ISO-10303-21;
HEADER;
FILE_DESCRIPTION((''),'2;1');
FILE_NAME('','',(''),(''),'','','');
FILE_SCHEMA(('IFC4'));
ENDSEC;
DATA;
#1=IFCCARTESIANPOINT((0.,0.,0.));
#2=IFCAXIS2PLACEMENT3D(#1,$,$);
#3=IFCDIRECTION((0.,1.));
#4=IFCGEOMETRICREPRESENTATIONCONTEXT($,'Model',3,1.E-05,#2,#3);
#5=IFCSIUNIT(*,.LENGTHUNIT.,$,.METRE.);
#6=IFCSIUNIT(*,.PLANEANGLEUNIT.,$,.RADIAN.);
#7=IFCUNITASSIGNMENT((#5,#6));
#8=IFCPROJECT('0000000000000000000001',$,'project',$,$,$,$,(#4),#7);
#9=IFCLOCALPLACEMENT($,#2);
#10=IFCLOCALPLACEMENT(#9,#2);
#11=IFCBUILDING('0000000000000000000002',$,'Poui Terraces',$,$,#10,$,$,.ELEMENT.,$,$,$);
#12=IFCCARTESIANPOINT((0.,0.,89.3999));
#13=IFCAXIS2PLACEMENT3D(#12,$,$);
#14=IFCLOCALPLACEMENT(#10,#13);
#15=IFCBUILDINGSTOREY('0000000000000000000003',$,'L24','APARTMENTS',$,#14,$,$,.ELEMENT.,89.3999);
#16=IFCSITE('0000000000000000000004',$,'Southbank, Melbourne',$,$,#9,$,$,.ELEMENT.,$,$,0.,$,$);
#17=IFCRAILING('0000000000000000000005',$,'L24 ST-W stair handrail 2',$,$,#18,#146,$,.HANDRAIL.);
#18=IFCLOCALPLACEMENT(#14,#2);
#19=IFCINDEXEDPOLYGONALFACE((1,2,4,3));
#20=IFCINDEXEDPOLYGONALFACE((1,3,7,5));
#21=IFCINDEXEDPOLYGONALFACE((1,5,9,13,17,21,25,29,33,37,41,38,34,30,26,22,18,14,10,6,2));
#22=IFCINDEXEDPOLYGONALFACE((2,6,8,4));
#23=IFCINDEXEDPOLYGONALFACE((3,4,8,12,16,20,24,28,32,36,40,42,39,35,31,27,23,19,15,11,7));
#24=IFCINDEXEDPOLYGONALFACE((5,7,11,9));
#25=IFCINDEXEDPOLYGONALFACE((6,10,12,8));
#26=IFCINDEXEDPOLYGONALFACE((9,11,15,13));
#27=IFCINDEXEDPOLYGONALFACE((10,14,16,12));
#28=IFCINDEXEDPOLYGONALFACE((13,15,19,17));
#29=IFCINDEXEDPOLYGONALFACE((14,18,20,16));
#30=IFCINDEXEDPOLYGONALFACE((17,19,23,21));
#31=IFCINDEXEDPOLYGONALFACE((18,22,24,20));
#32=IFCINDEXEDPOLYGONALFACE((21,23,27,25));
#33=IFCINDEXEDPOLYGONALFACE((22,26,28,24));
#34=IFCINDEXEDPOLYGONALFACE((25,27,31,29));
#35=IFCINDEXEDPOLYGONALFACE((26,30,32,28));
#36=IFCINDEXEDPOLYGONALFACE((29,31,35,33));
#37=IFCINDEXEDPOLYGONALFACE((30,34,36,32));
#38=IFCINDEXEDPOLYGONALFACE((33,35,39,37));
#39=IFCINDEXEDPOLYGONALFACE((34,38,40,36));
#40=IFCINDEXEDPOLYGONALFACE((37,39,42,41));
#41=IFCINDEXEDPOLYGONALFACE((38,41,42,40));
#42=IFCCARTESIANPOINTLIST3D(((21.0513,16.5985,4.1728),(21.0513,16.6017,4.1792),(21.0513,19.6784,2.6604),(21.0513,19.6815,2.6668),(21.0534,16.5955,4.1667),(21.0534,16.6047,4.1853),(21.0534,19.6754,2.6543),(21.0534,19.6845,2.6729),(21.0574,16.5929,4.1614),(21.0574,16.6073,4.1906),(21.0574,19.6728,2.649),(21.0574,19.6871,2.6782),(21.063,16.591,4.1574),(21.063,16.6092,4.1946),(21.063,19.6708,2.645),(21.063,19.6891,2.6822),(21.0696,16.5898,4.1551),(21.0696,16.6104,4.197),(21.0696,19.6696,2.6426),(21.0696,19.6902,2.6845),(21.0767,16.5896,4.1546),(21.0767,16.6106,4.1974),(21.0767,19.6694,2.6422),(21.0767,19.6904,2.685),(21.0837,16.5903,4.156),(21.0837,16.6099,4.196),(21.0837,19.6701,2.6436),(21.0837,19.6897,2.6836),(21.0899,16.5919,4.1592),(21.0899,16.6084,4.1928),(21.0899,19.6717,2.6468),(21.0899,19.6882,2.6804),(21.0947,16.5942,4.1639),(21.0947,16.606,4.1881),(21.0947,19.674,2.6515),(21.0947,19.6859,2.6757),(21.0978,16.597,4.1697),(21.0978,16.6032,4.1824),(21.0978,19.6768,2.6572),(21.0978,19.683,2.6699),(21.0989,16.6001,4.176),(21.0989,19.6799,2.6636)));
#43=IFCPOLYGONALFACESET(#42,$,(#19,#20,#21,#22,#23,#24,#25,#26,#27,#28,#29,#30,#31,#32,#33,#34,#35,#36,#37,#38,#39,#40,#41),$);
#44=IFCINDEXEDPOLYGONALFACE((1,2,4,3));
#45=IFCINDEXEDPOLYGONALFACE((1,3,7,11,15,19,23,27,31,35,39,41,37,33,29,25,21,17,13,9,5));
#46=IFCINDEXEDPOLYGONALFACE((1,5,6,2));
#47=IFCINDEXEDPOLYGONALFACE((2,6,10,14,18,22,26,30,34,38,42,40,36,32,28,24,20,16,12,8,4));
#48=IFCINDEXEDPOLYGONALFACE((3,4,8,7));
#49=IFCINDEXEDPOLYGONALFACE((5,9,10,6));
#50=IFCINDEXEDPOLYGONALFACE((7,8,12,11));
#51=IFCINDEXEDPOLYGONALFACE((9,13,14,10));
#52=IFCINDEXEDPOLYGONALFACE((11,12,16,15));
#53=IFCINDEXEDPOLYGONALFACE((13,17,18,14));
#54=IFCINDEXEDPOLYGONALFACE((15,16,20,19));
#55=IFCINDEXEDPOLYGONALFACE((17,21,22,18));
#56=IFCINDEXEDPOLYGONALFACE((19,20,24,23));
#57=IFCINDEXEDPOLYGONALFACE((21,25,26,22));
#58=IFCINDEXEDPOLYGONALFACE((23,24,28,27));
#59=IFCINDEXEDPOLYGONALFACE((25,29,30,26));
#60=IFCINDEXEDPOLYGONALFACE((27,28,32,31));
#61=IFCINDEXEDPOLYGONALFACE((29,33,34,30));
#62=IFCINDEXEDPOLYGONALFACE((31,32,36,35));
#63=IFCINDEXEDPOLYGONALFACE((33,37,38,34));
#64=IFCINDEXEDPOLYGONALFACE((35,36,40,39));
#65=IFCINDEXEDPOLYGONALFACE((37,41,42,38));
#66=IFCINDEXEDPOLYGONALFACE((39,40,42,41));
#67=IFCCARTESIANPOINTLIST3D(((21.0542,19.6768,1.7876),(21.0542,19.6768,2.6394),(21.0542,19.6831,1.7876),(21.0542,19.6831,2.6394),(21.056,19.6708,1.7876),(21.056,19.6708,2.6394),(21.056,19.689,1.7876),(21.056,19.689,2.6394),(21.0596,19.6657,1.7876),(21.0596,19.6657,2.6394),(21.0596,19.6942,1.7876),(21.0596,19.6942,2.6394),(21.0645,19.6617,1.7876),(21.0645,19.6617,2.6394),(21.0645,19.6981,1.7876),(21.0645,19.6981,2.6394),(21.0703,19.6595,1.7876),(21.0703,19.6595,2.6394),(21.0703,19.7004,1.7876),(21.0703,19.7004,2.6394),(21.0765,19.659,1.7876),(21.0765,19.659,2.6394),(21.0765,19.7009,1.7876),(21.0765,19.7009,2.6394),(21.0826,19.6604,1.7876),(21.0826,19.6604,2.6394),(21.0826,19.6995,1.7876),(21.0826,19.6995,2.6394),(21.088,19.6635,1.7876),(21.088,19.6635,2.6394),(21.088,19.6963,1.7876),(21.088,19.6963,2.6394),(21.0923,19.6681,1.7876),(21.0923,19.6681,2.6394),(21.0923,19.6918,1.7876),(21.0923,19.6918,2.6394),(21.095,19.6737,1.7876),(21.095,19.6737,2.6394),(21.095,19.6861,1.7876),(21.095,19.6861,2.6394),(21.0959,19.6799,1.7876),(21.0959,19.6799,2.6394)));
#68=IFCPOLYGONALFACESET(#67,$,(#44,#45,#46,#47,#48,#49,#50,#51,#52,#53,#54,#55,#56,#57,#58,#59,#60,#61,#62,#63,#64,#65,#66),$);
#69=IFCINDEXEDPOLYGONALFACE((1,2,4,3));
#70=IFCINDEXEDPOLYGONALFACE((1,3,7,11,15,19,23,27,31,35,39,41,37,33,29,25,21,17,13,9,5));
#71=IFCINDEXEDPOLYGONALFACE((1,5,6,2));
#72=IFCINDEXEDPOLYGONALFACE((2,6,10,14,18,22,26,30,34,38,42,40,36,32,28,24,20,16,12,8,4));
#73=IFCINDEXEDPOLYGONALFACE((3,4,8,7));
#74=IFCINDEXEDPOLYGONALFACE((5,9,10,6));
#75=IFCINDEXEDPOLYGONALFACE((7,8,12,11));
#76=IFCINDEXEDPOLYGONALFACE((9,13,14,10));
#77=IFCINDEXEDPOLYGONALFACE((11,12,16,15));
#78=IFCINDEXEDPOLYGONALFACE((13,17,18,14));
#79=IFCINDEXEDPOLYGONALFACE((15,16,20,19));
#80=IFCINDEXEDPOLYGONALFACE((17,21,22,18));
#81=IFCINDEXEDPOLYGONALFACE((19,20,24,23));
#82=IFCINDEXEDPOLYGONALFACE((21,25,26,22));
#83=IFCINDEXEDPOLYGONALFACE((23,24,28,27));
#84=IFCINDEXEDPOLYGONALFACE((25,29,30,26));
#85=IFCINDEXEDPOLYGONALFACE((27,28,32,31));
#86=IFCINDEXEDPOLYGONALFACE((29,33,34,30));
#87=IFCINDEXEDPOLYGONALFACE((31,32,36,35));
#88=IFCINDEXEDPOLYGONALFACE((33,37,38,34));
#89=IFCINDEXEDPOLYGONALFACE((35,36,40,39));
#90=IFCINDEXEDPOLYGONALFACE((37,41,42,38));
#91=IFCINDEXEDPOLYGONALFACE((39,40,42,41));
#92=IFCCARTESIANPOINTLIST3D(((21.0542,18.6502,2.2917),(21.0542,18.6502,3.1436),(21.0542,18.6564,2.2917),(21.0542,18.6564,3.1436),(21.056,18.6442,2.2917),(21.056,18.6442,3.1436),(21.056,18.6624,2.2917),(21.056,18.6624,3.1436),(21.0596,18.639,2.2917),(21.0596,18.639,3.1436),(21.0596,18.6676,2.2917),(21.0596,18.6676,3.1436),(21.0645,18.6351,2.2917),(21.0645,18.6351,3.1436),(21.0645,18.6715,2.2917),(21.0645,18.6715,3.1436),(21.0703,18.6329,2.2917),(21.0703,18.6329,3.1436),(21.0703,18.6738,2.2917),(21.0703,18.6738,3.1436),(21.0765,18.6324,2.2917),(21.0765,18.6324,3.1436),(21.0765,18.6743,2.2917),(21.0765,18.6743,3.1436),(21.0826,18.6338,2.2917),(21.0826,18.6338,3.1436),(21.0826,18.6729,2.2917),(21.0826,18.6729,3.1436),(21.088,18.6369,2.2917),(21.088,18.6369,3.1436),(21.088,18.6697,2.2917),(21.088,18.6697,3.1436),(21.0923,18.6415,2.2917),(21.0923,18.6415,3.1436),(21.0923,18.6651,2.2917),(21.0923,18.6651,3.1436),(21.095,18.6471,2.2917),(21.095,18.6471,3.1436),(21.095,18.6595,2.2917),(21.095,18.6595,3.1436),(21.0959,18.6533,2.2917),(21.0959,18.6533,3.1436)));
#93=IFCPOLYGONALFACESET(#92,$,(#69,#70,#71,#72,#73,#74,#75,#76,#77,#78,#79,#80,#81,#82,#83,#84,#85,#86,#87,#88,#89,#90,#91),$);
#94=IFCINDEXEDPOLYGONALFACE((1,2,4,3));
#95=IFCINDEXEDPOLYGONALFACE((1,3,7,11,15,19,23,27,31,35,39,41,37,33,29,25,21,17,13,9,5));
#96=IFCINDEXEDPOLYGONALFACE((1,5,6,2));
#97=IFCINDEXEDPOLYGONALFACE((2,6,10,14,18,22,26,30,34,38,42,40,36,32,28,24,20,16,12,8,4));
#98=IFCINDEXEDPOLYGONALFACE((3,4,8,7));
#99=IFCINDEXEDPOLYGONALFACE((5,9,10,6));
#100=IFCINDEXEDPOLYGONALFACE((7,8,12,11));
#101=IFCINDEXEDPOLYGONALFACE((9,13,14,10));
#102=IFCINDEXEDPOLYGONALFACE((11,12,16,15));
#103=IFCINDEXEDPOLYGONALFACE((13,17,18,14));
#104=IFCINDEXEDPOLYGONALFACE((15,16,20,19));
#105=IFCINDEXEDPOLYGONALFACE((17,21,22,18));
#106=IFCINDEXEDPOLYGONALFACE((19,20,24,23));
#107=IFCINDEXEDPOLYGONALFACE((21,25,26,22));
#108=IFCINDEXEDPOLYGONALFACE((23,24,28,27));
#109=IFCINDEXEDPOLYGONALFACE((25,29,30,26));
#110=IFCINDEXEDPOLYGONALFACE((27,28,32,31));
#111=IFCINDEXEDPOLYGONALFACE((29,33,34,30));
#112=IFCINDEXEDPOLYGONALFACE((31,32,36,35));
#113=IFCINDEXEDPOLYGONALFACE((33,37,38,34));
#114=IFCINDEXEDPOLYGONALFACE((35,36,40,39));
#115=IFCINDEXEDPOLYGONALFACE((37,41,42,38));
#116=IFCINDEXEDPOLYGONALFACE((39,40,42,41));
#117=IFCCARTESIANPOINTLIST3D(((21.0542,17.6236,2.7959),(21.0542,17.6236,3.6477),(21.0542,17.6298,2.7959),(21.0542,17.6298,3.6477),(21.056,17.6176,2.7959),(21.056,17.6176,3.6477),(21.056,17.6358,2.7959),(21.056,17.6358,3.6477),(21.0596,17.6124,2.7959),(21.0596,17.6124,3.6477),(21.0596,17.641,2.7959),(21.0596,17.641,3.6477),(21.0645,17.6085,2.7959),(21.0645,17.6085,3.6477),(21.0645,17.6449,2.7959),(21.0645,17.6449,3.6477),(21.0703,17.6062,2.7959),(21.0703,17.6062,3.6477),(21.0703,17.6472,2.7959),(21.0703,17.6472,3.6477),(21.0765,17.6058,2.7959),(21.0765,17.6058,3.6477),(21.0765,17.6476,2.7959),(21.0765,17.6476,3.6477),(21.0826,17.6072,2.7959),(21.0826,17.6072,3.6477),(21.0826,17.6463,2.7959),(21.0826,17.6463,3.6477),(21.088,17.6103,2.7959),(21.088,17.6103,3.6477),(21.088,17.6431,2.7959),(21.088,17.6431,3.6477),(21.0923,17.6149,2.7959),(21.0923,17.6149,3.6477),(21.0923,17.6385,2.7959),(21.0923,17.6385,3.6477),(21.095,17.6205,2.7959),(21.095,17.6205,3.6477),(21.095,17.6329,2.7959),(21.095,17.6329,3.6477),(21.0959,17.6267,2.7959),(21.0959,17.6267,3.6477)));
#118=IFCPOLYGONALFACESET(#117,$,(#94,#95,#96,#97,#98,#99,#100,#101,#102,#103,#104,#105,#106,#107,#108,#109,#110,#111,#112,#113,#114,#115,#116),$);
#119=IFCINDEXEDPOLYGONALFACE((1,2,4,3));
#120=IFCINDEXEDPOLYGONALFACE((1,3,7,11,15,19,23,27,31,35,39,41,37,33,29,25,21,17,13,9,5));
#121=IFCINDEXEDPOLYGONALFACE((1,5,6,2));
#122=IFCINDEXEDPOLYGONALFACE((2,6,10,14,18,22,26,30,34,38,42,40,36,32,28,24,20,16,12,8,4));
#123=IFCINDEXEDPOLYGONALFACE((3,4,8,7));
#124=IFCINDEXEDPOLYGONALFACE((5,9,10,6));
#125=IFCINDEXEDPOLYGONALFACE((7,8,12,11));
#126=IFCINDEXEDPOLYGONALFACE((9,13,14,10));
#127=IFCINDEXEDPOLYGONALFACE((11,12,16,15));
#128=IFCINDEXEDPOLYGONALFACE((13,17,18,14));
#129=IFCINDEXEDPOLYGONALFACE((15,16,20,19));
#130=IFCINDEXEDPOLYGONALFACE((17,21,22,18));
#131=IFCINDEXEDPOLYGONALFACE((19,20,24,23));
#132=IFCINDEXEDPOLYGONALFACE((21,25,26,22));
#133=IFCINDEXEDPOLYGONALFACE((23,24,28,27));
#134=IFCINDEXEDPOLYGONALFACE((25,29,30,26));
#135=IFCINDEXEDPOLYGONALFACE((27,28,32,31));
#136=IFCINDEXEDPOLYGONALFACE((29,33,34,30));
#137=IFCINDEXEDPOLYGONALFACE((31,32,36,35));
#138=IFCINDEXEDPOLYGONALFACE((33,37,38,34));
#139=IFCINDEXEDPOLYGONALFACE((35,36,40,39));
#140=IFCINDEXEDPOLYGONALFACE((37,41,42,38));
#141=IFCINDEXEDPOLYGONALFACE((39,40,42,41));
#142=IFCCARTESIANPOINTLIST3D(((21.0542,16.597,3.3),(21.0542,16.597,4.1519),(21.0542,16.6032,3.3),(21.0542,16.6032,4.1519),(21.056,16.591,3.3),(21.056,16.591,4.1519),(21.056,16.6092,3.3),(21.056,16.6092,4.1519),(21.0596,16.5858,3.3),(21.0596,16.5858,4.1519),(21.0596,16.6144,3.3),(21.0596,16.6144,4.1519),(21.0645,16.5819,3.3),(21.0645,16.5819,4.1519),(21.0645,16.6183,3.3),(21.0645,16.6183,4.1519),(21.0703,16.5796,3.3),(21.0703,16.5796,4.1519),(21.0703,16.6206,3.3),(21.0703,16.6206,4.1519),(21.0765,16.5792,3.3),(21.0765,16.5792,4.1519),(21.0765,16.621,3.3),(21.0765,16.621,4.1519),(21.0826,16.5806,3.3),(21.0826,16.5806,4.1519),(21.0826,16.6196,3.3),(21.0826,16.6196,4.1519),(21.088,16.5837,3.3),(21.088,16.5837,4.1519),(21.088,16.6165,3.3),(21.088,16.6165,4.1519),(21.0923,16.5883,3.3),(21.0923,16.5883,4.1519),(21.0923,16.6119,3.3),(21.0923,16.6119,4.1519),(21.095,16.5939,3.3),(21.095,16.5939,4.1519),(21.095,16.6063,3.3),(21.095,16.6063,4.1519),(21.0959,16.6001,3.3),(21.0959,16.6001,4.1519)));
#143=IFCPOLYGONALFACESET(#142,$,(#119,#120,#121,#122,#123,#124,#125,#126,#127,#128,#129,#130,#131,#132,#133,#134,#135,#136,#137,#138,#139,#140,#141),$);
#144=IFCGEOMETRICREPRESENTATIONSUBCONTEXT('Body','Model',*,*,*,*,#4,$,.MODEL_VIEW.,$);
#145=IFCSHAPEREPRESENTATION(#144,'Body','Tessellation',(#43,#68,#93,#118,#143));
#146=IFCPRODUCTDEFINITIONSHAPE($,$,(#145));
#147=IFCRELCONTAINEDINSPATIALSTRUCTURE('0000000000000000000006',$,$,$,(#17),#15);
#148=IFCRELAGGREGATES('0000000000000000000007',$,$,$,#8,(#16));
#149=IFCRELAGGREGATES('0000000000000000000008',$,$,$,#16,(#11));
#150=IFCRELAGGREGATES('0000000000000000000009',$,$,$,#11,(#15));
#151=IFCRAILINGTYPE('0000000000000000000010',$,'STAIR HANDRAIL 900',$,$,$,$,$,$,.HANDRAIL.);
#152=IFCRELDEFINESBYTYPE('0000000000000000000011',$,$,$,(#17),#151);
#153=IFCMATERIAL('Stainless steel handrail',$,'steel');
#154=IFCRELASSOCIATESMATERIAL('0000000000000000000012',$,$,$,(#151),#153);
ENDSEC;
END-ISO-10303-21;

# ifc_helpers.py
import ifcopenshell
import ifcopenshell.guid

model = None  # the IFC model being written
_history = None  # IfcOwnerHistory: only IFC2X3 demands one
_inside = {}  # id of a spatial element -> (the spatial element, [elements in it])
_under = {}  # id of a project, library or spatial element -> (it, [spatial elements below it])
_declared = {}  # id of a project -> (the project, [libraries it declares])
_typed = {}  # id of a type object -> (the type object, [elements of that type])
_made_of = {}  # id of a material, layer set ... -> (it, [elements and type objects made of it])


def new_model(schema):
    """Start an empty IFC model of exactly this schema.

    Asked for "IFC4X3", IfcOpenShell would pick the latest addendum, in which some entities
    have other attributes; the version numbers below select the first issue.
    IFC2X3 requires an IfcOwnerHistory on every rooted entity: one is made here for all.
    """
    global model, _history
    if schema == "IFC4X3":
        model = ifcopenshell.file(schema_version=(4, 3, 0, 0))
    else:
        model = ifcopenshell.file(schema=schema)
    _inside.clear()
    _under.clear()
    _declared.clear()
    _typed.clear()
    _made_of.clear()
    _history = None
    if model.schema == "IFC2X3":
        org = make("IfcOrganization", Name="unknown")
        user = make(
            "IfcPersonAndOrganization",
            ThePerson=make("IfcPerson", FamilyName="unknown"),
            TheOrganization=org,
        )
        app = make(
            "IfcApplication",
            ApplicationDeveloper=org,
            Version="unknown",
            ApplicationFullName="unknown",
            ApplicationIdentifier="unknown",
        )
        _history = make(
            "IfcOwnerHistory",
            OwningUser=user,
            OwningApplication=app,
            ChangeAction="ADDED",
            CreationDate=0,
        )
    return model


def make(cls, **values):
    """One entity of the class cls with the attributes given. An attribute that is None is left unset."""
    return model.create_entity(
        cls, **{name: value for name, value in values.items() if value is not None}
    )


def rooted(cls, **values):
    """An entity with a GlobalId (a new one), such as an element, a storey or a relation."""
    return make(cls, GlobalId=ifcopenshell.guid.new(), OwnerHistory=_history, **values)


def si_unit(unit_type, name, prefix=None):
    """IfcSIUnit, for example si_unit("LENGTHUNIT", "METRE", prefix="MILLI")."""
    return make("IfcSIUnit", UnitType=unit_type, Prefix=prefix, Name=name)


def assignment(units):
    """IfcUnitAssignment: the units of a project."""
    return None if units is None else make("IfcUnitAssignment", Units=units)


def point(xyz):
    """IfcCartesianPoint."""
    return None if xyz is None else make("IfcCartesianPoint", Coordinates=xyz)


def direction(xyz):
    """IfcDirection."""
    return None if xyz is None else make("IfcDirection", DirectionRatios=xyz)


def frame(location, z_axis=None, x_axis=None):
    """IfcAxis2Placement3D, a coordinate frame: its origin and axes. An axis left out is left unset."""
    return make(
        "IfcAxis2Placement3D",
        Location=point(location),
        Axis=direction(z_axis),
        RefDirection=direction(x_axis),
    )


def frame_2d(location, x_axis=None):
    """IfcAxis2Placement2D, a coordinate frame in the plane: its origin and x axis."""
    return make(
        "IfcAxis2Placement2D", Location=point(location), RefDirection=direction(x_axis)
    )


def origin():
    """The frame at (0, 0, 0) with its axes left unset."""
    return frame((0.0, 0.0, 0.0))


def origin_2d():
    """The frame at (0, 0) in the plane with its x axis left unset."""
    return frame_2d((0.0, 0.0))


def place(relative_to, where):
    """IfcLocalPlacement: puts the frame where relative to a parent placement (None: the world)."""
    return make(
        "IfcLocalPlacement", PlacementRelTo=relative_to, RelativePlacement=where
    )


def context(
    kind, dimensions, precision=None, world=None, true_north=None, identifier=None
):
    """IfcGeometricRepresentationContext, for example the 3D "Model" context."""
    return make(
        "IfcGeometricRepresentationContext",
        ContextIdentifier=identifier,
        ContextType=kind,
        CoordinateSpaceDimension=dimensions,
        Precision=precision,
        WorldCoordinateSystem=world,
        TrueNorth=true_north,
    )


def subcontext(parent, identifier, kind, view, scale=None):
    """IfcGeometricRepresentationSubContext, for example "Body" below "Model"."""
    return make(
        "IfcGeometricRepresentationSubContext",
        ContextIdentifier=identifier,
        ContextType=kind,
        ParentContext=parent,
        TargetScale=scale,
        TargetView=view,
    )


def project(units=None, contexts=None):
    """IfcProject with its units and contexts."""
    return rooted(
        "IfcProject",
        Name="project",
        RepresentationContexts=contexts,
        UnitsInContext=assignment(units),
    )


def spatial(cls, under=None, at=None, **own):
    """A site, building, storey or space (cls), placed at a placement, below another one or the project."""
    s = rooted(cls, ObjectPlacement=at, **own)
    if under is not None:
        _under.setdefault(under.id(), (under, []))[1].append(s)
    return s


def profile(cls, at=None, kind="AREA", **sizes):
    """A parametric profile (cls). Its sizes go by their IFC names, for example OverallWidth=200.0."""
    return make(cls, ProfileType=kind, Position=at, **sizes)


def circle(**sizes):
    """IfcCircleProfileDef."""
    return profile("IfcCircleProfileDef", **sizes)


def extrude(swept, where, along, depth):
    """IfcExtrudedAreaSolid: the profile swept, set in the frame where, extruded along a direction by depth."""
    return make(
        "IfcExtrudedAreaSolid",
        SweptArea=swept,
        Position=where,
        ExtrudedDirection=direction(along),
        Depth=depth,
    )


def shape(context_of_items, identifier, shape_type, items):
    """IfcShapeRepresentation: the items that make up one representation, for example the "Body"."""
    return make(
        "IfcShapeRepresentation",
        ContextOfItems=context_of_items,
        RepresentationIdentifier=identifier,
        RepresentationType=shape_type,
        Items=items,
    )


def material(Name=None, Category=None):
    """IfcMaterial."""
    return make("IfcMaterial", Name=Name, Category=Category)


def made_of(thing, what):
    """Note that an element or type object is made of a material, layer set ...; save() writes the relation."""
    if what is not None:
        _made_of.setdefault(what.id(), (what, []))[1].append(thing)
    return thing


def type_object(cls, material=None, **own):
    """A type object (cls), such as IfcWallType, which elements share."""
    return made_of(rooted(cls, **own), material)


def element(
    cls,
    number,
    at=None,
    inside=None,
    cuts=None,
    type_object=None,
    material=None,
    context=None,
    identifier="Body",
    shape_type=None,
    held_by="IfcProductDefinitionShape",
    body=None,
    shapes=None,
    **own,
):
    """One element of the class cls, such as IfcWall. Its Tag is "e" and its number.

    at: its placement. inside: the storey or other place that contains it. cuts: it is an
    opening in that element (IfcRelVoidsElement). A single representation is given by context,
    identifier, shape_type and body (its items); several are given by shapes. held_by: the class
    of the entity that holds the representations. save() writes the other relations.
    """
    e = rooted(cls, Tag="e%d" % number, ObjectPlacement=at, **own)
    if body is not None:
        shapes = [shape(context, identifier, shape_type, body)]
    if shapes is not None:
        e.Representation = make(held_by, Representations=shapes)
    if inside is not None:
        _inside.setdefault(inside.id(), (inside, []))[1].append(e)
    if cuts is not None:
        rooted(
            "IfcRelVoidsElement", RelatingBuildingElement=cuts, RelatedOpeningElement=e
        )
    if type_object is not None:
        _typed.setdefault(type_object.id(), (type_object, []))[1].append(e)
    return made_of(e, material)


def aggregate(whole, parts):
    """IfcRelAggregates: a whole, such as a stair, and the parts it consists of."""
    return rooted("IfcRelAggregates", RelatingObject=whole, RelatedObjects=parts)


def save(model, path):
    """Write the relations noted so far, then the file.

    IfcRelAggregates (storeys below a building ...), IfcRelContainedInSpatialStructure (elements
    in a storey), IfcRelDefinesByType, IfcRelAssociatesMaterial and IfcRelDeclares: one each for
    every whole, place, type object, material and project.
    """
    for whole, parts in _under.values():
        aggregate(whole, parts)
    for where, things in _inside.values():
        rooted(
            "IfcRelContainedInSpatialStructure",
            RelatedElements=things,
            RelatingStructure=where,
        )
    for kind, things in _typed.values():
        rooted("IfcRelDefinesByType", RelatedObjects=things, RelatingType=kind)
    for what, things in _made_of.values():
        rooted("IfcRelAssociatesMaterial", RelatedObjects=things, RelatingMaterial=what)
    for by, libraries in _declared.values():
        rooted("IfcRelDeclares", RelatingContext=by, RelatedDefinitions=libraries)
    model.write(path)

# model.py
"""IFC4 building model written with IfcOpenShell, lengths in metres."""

from ifc_helpers import new_model, si_unit, direction, frame, origin, origin_2d, place, context, subcontext, project, spatial, circle, extrude, material, type_object, element, save


model = new_model("IFC4")

# Units and contexts
model_context = context("Model", 3, precision=1e-05, world=origin(), true_north=direction((0.0, 1.0)))
body_context = subcontext(model_context, "Body", "Model", "MODEL_VIEW")
ifc_project = project(units=[si_unit("LENGTHUNIT", "METRE"), si_unit("PLANEANGLEUNIT", "RADIAN")], contexts=[model_context])

# Site, building, storey
site_placement = place(None, origin())
site = spatial("IfcSite", under=ifc_project, at=site_placement, Name="Southbank, Melbourne", CompositionType="ELEMENT", RefElevation=0.0)
building_placement = place(site_placement, origin())
building = spatial("IfcBuilding", under=site, at=building_placement, Name="Poui Terraces", CompositionType="ELEMENT")
storey_placement = place(building_placement, frame((0.0, 0.0, 89.3999)))
storey = spatial("IfcBuildingStorey", under=building, at=storey_placement, Name="L24", Description="APARTMENTS", CompositionType="ELEMENT", Elevation=89.3999)

# Railing
ifc_material_1 = material(Name="Stainless steel handrail", Category="steel")
railing_type_1 = type_object("IfcRailingType", Name="STAIR HANDRAIL 900", PredefinedType="HANDRAIL", material=ifc_material_1)
railing_1_placement = place(storey_placement, frame((21.075, 19.6799, 1.7876)))
element("IfcRailing", 1, at=railing_1_placement, inside=storey, type_object=railing_type_1, Name="L24 ST-W stair handrail 2", PredefinedType="HANDRAIL", context=body_context, shape_type="SweptSolid", body=[
    extrude(circle(Radius=0.0239, at=origin_2d()), frame((0.0, 0.0, 0.876), z_axis=(0.0, -0.897606, 0.440798), x_axis=(1.0, 0.0, 0.0)), (0.0, 0.0, 1.0), 3.4312),
    extrude(circle(Radius=0.021, at=origin_2d()), origin(), (0.0, 0.0, 1.0), 0.8518),
    extrude(circle(Radius=0.021, at=origin_2d()), frame((0.0, -1.0266, 0.5042)), (0.0, 0.0, 1.0), 0.8518),
    extrude(circle(Radius=0.021, at=origin_2d()), frame((0.0, -2.0532, 1.0083)), (0.0, 0.0, 1.0), 0.8518),
    extrude(circle(Radius=0.021, at=origin_2d()), frame((0.0, -3.0798, 1.5125)), (0.0, 0.0, 1.0), 0.8518),
])

save(model, "model.ifc")
